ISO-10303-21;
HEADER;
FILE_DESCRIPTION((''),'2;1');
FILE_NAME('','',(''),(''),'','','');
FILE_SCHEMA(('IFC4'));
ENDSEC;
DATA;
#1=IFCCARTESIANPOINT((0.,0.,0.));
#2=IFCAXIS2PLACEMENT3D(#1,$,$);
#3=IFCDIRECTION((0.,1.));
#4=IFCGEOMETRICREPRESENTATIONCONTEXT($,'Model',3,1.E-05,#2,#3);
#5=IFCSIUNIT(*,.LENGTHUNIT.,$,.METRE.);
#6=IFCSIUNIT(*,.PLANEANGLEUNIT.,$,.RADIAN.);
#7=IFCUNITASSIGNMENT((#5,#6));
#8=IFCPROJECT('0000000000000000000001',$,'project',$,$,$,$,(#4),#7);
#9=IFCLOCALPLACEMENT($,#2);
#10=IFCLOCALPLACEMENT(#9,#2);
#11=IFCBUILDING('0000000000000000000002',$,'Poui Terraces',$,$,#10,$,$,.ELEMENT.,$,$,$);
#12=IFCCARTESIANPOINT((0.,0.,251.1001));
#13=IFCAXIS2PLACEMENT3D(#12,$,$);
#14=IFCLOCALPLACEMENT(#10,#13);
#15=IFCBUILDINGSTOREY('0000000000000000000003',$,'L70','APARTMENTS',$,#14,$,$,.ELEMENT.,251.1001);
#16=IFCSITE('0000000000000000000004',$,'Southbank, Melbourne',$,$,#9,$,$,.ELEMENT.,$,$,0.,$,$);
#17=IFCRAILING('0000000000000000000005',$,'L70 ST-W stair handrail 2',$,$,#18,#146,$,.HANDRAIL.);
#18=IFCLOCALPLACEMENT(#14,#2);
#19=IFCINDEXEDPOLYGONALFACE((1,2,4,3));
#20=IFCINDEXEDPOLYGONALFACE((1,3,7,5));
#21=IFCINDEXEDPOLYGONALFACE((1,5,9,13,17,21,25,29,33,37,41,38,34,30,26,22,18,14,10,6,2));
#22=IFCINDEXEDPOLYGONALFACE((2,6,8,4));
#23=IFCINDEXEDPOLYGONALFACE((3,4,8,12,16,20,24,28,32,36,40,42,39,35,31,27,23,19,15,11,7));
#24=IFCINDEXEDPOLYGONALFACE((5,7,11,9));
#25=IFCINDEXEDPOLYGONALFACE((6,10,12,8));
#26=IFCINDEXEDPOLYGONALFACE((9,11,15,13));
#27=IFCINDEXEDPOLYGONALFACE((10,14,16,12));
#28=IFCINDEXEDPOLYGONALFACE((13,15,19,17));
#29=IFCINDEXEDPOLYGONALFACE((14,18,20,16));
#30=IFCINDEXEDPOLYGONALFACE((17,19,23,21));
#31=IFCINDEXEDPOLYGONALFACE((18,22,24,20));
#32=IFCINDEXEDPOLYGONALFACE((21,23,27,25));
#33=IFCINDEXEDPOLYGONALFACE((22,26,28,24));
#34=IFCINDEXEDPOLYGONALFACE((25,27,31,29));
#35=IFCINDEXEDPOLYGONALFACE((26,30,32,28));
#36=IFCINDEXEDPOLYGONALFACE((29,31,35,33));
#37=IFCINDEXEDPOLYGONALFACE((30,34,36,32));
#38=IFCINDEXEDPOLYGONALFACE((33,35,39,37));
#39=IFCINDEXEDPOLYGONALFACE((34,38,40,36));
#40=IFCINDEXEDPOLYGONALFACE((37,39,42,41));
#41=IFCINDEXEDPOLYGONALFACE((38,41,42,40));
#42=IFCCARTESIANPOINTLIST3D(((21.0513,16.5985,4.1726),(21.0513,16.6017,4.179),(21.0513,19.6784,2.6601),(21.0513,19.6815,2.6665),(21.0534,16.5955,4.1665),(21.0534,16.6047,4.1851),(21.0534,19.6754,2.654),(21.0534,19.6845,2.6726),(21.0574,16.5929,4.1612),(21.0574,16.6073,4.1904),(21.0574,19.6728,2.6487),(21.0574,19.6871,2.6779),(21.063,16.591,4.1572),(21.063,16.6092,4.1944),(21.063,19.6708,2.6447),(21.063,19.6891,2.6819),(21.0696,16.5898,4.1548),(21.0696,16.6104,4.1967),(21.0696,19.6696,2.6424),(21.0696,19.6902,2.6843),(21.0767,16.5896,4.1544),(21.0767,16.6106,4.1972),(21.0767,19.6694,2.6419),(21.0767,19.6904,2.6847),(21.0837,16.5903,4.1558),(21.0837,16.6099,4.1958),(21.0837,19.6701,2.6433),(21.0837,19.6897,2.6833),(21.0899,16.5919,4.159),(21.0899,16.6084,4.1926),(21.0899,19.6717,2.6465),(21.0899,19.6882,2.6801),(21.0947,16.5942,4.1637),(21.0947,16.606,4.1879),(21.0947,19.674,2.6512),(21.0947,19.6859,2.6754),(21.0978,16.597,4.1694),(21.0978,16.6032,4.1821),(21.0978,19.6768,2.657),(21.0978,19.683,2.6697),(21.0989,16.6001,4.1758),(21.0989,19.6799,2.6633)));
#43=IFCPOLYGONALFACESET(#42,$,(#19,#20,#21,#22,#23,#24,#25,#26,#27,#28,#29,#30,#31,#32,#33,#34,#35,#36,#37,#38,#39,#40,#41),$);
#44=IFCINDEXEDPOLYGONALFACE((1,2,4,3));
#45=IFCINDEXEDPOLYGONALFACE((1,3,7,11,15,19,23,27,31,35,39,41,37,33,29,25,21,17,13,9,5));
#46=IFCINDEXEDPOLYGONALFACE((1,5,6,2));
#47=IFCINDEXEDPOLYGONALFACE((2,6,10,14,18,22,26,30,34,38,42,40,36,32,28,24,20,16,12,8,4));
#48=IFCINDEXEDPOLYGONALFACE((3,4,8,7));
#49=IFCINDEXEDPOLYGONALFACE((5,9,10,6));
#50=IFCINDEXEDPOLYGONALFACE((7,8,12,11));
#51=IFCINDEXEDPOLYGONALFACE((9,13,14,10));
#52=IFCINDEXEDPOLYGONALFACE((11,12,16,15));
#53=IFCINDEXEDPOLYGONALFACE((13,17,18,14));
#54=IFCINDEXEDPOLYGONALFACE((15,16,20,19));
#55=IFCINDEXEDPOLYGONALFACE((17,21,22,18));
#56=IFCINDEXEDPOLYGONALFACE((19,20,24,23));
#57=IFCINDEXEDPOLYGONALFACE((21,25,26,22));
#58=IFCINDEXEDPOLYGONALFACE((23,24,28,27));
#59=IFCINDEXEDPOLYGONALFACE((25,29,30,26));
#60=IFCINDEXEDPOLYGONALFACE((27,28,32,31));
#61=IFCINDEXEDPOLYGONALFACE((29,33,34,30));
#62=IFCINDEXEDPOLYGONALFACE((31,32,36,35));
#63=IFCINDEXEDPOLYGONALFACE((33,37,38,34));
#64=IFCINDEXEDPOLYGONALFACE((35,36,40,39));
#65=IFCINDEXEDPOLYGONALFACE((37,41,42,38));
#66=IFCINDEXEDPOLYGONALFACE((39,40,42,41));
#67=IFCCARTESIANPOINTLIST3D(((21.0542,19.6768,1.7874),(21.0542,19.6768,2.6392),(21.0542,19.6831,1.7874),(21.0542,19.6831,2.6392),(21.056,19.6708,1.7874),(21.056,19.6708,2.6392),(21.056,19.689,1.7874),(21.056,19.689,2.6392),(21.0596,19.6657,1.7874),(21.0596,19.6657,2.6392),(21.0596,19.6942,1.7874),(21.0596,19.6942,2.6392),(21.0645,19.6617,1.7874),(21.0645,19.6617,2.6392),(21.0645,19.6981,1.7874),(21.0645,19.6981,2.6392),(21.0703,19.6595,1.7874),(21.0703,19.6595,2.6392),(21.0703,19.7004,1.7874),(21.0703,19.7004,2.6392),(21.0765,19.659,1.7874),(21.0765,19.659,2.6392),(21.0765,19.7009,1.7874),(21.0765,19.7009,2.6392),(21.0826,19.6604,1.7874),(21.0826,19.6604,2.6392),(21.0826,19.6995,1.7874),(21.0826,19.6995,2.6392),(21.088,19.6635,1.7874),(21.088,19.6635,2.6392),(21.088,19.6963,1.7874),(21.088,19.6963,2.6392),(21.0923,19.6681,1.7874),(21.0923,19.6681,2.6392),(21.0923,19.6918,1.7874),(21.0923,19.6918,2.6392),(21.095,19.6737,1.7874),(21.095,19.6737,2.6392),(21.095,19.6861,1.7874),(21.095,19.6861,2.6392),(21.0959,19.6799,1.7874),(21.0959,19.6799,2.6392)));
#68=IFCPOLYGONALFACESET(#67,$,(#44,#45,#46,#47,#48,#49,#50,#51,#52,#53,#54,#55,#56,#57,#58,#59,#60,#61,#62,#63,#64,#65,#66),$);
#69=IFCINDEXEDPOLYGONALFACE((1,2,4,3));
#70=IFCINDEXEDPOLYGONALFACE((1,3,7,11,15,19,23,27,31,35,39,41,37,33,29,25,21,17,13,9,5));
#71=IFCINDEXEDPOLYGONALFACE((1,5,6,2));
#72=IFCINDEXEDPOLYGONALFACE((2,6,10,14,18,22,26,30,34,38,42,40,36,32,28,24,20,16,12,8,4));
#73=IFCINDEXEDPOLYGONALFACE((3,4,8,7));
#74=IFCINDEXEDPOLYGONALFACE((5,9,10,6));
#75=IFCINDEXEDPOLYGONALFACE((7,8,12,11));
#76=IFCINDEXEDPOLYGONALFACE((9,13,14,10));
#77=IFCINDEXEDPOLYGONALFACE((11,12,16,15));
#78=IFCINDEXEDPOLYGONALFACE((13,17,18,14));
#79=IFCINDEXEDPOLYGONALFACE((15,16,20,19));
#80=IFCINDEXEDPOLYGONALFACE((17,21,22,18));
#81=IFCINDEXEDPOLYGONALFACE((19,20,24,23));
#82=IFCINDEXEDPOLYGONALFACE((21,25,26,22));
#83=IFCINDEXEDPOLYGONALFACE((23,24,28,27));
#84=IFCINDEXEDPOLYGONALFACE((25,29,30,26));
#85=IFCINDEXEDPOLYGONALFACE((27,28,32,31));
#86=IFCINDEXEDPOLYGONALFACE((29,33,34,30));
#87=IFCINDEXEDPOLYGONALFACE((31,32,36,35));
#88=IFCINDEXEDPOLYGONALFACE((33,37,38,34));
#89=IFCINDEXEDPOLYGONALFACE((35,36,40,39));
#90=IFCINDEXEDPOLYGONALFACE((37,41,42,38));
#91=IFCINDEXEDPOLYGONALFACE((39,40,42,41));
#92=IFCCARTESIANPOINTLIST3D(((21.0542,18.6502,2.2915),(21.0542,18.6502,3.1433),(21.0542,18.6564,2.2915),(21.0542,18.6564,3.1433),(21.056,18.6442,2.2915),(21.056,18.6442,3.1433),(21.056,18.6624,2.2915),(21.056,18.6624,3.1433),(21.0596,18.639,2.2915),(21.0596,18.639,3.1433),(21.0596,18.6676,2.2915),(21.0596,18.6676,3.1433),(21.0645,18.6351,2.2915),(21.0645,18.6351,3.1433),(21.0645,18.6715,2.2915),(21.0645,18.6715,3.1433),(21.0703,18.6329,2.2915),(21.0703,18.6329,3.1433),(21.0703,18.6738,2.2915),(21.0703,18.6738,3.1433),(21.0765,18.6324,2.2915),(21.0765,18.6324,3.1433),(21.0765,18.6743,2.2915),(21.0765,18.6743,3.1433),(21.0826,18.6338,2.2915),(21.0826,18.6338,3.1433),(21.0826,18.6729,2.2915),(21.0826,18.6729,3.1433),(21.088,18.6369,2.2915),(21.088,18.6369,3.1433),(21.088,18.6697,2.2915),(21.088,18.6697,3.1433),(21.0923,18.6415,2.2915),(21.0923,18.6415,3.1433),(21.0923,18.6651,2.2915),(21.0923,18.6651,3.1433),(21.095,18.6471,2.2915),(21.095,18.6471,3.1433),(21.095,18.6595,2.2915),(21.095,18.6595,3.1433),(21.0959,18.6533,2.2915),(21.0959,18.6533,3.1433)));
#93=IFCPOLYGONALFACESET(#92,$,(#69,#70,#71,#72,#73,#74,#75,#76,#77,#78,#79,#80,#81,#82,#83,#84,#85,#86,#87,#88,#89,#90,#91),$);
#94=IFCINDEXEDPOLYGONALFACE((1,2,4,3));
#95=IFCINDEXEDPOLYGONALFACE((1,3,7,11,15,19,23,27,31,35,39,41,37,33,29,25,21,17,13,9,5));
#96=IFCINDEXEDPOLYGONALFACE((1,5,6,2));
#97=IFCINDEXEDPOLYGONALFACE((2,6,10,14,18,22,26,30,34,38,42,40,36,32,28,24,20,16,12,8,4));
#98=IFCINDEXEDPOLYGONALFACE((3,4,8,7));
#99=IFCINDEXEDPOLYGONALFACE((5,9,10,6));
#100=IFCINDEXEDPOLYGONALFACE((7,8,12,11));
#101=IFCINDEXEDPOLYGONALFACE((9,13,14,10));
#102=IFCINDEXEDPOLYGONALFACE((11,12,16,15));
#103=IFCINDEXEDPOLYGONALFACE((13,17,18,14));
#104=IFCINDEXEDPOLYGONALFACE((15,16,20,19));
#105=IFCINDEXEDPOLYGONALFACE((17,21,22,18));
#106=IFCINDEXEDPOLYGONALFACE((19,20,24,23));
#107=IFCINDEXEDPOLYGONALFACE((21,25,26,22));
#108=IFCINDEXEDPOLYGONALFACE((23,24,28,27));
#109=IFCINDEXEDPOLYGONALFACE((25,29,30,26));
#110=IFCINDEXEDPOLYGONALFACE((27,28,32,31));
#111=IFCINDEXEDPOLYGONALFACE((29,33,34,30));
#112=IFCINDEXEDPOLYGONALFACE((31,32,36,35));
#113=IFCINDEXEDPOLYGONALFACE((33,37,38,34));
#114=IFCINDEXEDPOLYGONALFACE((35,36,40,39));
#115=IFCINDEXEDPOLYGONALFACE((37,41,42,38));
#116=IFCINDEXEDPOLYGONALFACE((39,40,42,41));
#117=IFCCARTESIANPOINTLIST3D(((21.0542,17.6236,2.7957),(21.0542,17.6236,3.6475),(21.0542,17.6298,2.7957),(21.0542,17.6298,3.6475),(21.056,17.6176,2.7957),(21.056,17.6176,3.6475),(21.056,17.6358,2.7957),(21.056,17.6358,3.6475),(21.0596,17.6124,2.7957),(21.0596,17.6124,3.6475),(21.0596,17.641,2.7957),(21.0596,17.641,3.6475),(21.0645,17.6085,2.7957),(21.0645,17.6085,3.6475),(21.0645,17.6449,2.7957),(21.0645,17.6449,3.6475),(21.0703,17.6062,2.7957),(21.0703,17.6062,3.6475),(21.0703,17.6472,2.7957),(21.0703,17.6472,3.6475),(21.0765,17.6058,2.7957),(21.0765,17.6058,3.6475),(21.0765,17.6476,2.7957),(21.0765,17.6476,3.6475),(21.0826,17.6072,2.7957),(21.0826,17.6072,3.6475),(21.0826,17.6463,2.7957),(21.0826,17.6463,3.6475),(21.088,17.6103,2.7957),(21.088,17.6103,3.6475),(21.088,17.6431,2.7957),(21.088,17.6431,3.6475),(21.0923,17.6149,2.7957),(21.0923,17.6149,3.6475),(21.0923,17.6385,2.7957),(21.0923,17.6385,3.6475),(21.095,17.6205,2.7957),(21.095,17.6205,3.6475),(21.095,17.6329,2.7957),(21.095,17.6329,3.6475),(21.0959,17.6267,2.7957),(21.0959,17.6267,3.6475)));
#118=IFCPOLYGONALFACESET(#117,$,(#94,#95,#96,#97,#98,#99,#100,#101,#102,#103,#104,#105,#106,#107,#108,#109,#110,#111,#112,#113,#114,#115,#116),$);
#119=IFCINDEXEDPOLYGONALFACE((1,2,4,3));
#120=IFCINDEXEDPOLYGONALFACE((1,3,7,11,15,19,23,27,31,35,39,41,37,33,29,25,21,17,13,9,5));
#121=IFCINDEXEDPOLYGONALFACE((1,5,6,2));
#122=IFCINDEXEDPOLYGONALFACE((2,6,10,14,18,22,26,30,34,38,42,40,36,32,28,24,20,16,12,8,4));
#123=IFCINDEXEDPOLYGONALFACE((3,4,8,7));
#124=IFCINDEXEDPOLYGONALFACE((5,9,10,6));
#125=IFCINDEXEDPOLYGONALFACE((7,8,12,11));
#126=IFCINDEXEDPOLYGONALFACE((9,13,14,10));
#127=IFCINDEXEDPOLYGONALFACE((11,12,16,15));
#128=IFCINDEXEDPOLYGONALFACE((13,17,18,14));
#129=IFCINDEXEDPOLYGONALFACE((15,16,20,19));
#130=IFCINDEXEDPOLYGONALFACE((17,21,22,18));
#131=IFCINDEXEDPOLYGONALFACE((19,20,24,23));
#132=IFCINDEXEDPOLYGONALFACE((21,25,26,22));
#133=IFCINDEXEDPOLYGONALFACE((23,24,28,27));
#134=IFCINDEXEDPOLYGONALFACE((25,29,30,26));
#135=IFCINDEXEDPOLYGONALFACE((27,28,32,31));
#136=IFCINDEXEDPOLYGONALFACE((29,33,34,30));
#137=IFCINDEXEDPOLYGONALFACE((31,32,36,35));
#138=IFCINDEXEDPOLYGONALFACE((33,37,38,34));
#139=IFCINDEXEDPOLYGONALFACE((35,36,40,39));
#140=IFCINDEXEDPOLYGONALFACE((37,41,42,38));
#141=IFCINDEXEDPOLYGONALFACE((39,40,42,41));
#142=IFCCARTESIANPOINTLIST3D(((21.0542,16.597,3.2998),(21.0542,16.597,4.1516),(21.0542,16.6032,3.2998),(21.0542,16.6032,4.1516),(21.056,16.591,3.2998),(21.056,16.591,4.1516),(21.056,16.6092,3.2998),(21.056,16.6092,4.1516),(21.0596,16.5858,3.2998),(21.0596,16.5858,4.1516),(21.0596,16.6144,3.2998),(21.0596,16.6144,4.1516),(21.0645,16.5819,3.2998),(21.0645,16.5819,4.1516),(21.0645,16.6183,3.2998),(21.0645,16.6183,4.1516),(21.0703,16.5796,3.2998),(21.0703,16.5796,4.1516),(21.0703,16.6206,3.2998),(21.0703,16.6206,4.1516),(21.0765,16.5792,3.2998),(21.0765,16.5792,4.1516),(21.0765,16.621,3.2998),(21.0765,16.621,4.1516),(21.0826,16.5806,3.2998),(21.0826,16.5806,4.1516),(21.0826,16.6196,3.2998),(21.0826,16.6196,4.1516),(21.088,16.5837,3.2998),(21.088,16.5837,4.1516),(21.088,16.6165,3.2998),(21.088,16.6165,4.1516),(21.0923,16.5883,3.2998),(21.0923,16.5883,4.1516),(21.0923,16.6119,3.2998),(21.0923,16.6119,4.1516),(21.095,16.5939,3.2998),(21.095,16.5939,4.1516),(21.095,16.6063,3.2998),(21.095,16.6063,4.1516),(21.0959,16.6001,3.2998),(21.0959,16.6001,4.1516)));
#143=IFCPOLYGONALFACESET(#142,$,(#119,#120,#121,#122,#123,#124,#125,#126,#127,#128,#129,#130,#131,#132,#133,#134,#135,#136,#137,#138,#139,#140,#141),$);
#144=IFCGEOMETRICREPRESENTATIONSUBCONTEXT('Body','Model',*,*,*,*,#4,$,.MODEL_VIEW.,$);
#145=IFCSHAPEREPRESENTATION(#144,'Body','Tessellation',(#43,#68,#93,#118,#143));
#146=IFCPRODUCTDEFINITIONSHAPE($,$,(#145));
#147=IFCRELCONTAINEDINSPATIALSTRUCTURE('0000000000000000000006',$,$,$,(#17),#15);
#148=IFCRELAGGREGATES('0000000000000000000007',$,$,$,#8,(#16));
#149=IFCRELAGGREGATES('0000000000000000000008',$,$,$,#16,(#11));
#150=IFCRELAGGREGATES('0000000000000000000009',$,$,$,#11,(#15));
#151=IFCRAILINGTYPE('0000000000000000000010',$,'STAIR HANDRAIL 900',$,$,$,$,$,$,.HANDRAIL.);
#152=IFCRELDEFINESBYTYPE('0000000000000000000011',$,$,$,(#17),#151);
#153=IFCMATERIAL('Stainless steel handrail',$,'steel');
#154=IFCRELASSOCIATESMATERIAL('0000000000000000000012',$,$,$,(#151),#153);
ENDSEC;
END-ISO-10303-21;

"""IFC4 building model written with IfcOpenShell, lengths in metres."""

from ifc_helpers import new_model, si_unit, direction, frame, origin, origin_2d, place, context, subcontext, project, spatial, circle, extrude, material, type_object, element, save


model = new_model("IFC4")

# Units and contexts
model_context = context("Model", 3, precision=1e-05, world=origin(), true_north=direction((0.0, 1.0)))
body_context = subcontext(model_context, "Body", "Model", "MODEL_VIEW")
ifc_project = project(units=[si_unit("LENGTHUNIT", "METRE"), si_unit("PLANEANGLEUNIT", "RADIAN")], contexts=[model_context])

# Site, building, storey
site_placement = place(None, origin())
site = spatial("IfcSite", under=ifc_project, at=site_placement, Name="Southbank, Melbourne", CompositionType="ELEMENT", RefElevation=0.0)
building_placement = place(site_placement, origin())
building = spatial("IfcBuilding", under=site, at=building_placement, Name="Poui Terraces", CompositionType="ELEMENT")
storey_placement = place(building_placement, frame((0.0, 0.0, 251.1001)))
storey = spatial("IfcBuildingStorey", under=building, at=storey_placement, Name="L70", Description="APARTMENTS", CompositionType="ELEMENT", Elevation=251.1001)

# Railing
ifc_material_1 = material(Name="Stainless steel handrail", Category="steel")
railing_type_1 = type_object("IfcRailingType", Name="STAIR HANDRAIL 900", PredefinedType="HANDRAIL", material=ifc_material_1)
railing_1_placement = place(storey_placement, frame((21.075, 19.6799, 1.7874)))
element("IfcRailing", 1, at=railing_1_placement, inside=storey, type_object=railing_type_1, Name="L70 ST-W stair handrail 2", PredefinedType="HANDRAIL", context=body_context, shape_type="SweptSolid", body=[
    extrude(circle(Radius=0.0239, at=origin_2d()), frame((0.0, 0.0, 0.876), z_axis=(0.0, -0.897606, 0.440798), x_axis=(1.0, 0.0, 0.0)), (0.0, 0.0, 1.0), 3.4312),
    extrude(circle(Radius=0.021, at=origin_2d()), origin(), (0.0, 0.0, 1.0), 0.8518),
    extrude(circle(Radius=0.021, at=origin_2d()), frame((0.0, -1.0266, 0.5042)), (0.0, 0.0, 1.0), 0.8518),
    extrude(circle(Radius=0.021, at=origin_2d()), frame((0.0, -2.0532, 1.0083)), (0.0, 0.0, 1.0), 0.8518),
    extrude(circle(Radius=0.021, at=origin_2d()), frame((0.0, -3.0798, 1.5125)), (0.0, 0.0, 1.0), 0.8518),
])

save(model, "model.ifc")
